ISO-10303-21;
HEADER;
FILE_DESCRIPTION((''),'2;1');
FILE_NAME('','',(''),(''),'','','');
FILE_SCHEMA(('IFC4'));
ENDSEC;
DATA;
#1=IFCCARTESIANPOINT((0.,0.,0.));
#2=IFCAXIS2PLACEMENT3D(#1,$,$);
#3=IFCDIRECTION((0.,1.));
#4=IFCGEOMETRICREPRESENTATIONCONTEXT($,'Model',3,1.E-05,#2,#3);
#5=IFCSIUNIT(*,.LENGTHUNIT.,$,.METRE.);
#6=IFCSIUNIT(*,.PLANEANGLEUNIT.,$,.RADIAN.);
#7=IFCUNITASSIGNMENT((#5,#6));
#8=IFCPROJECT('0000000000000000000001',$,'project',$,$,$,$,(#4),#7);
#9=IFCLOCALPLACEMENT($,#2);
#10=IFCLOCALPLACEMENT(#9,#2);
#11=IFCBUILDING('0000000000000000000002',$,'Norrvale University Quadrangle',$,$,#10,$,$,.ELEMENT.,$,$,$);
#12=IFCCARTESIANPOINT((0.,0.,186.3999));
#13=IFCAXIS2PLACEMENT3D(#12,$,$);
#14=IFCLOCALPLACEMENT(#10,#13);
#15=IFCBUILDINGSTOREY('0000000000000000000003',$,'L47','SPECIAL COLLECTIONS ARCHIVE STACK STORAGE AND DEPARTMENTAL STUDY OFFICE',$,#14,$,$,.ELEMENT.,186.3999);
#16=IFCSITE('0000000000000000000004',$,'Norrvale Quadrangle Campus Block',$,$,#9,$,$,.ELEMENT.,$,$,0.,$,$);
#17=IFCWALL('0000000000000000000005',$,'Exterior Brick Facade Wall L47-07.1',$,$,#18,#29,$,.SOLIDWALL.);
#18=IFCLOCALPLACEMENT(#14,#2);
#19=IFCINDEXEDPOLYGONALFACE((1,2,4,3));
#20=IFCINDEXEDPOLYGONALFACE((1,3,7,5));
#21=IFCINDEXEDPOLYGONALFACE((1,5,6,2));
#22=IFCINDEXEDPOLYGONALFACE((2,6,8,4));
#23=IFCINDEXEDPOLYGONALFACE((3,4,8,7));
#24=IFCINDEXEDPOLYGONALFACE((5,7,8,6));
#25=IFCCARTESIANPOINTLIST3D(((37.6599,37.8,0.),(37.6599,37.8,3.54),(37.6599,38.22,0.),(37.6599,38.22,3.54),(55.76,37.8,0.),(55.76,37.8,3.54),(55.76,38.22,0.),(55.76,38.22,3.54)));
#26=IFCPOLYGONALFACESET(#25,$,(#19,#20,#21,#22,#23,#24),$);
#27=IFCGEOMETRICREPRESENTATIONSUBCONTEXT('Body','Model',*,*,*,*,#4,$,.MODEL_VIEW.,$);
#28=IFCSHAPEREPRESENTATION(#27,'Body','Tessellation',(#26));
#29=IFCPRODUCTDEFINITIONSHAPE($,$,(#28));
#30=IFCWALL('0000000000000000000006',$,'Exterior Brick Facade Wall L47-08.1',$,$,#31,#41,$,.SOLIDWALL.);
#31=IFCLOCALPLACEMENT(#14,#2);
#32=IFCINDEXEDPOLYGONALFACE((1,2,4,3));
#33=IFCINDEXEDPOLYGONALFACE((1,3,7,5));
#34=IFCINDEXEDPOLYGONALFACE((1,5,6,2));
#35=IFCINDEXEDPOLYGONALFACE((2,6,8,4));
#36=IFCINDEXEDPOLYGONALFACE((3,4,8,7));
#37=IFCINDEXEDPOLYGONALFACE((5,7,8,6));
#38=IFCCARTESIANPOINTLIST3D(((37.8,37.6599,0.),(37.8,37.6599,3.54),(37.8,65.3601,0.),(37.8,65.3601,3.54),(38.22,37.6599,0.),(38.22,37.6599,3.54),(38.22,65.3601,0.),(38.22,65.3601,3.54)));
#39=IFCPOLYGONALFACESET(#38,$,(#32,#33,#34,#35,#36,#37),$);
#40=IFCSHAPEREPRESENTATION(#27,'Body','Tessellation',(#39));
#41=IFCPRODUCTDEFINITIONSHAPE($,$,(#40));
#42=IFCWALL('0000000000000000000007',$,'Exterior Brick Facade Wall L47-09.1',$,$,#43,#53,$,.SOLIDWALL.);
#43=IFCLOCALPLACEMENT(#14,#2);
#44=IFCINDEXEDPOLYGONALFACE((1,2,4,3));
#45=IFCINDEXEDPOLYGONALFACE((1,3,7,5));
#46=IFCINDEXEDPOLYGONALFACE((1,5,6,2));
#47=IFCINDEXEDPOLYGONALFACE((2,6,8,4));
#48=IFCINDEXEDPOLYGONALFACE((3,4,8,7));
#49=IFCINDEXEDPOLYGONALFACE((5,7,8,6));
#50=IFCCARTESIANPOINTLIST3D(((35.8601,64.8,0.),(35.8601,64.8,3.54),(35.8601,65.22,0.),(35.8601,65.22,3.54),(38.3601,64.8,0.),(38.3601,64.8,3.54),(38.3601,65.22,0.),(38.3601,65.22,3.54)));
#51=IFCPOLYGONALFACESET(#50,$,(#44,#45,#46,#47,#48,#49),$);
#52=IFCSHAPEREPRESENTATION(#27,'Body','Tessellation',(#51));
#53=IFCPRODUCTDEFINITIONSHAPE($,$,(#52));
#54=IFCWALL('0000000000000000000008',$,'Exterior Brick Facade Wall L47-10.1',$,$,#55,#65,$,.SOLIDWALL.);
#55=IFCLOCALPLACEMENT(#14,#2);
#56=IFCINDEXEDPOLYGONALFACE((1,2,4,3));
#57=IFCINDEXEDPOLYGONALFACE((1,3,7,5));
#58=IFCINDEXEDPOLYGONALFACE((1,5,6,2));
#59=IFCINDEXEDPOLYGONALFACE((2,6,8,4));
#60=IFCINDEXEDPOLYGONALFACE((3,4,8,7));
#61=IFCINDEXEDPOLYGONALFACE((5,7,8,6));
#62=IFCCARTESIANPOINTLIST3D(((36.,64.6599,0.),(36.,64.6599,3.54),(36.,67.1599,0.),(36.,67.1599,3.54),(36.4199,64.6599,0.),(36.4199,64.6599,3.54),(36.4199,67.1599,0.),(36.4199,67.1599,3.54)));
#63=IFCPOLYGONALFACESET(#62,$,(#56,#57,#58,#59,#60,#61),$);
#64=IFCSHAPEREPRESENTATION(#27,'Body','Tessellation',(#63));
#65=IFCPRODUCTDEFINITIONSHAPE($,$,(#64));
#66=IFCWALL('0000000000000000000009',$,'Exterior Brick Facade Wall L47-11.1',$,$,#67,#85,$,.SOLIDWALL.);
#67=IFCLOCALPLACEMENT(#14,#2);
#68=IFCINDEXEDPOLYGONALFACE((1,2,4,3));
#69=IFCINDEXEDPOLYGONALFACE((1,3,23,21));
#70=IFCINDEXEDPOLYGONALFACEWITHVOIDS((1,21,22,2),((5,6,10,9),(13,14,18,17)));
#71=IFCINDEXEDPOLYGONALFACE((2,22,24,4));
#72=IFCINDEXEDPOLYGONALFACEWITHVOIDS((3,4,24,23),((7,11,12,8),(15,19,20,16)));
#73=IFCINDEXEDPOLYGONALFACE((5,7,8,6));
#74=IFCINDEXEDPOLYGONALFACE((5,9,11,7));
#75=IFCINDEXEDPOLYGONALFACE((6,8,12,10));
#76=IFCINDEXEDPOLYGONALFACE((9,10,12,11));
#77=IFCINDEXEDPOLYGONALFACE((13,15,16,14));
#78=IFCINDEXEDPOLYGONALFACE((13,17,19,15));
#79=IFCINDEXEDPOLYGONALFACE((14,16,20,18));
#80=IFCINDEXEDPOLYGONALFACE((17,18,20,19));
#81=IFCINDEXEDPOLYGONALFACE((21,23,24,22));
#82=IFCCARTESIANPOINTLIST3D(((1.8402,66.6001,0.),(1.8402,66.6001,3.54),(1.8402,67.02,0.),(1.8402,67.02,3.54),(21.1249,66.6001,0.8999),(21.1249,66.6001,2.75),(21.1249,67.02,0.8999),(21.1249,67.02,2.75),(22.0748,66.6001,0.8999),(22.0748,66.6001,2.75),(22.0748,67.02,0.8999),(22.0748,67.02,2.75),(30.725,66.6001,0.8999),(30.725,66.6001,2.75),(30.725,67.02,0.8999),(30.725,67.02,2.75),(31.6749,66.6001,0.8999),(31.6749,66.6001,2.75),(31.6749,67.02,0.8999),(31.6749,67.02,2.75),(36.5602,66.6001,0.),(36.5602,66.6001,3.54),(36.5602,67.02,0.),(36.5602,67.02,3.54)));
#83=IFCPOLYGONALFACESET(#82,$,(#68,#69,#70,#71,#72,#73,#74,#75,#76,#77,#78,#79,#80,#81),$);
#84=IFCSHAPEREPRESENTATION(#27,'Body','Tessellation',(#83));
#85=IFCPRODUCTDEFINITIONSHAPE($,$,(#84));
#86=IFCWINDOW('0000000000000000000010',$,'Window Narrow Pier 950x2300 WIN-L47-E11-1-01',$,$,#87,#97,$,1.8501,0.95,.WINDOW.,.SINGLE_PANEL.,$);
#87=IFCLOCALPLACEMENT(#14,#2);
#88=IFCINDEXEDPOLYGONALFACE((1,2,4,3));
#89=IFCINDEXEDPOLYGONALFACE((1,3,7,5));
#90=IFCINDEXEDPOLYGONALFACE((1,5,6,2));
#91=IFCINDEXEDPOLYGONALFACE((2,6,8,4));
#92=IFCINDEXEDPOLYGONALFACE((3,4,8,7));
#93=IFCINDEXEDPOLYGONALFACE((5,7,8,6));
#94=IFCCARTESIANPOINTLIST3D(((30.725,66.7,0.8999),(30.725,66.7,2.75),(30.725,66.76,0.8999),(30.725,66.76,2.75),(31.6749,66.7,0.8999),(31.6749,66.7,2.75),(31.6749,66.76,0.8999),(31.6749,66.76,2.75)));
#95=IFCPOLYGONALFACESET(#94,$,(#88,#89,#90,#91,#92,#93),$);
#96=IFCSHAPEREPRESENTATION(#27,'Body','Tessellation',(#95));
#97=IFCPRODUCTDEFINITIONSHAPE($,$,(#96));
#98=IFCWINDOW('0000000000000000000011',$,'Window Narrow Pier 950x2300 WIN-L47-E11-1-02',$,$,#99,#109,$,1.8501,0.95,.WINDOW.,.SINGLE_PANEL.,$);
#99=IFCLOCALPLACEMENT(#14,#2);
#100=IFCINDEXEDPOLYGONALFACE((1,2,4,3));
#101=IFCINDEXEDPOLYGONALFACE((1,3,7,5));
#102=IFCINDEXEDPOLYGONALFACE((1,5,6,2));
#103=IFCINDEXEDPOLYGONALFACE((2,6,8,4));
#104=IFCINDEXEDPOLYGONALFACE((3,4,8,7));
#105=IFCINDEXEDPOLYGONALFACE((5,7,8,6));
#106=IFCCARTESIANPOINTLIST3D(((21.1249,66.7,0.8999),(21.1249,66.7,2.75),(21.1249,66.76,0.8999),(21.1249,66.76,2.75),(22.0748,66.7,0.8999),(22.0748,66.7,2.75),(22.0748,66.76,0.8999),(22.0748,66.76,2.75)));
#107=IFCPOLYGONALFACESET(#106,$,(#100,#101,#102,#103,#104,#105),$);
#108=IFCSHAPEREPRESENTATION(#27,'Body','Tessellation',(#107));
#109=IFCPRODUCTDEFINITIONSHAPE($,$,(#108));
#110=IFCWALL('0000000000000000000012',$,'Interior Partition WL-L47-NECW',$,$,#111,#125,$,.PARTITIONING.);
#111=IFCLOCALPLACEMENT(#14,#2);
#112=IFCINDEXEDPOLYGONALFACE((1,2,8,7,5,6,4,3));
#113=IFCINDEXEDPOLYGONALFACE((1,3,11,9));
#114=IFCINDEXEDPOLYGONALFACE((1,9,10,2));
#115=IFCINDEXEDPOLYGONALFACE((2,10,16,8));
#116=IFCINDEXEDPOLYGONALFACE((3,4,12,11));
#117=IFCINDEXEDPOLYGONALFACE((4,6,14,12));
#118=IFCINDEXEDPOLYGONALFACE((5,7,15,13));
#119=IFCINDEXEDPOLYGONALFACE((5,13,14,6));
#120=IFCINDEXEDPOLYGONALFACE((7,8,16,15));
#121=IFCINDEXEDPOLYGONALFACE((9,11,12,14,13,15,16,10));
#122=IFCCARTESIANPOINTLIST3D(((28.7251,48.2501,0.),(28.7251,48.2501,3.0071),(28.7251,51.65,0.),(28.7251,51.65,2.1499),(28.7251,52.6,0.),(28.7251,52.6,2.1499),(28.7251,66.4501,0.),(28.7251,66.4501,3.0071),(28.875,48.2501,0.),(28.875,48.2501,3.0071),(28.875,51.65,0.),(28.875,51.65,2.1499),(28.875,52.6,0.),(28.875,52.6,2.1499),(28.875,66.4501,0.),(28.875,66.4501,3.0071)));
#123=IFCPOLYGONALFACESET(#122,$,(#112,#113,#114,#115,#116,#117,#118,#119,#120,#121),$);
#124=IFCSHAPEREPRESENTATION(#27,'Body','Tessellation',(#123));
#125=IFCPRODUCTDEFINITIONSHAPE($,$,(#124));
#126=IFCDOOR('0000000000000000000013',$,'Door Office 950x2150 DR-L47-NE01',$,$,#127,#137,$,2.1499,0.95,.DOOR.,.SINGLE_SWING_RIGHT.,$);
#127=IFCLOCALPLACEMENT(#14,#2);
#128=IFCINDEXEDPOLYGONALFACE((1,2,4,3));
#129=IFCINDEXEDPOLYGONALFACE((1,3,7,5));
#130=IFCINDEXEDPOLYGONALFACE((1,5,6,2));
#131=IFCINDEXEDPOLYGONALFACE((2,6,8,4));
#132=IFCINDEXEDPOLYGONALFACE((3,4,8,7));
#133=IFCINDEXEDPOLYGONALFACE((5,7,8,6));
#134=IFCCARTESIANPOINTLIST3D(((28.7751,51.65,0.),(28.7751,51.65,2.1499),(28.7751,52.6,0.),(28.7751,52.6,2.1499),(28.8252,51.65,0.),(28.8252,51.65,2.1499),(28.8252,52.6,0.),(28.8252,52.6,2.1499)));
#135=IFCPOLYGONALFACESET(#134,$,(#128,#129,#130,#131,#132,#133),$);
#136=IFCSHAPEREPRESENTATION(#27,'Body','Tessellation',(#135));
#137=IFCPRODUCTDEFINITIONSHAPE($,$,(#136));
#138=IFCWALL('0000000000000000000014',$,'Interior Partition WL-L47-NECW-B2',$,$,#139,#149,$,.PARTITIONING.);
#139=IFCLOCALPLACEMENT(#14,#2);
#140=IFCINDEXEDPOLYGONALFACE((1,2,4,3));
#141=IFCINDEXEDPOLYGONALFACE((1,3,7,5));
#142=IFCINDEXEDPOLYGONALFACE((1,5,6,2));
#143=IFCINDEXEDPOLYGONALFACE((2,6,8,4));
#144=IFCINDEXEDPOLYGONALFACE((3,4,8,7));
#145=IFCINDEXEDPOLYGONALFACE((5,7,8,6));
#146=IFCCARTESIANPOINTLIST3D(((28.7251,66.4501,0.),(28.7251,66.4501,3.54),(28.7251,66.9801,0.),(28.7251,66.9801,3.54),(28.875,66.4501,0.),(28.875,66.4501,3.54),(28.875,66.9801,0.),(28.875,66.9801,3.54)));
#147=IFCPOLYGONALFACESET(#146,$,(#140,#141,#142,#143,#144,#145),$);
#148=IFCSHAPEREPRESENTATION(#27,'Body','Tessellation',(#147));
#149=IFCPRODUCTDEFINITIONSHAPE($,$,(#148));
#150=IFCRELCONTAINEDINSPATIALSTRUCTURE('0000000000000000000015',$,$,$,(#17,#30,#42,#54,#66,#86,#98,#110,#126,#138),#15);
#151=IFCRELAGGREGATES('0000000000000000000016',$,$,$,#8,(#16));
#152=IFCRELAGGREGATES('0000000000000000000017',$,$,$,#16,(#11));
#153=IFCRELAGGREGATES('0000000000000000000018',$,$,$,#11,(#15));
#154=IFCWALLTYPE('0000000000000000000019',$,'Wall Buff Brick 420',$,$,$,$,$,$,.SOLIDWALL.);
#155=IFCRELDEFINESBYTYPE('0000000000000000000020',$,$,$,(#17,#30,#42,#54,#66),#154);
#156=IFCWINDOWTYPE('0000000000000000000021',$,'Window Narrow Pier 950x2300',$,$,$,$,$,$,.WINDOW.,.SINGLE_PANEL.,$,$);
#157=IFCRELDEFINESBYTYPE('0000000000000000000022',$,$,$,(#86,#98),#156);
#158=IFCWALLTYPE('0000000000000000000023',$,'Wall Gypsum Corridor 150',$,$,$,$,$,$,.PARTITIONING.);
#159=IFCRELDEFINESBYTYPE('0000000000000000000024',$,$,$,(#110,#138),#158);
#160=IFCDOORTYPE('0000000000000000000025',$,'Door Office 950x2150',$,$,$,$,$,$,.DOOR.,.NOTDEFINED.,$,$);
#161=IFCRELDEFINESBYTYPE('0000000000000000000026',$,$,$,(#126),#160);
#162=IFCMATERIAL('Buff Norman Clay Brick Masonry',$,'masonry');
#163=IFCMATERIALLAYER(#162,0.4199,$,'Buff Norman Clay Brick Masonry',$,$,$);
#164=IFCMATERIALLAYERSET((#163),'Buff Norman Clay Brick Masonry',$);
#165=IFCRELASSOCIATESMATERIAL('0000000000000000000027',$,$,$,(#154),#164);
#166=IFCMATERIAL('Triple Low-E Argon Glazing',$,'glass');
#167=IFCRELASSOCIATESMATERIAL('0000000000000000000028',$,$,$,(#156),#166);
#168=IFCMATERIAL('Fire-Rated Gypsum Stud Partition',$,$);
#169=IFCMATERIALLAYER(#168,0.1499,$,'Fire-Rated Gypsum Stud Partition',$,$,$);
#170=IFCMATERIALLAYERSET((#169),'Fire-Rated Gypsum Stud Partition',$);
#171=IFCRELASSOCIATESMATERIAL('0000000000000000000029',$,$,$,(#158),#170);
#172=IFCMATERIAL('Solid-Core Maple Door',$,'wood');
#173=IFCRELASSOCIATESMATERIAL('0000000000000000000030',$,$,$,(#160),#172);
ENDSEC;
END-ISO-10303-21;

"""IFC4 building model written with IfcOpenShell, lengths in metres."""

from ifc_helpers import new_model, si_unit, direction, frame, frame_2d, origin, place, context, subcontext, project, spatial, rectangle, extrude, material, layer, layer_set, type_object, element, fill, save


model = new_model("IFC4")

# Units and contexts
model_context = context("Model", 3, precision=1e-05, world=origin(), true_north=direction((0.0, 1.0)))
body_context = subcontext(model_context, "Body", "Model", "MODEL_VIEW")
ifc_project = project(units=[si_unit("LENGTHUNIT", "METRE"), si_unit("PLANEANGLEUNIT", "RADIAN")], contexts=[model_context])

# Site, building, storey
site_placement = place(None, origin())
site = spatial("IfcSite", under=ifc_project, at=site_placement, Name="Norrvale Quadrangle Campus Block", CompositionType="ELEMENT", RefElevation=0.0)
building_placement = place(site_placement, origin())
building = spatial("IfcBuilding", under=site, at=building_placement, Name="Norrvale University Quadrangle", CompositionType="ELEMENT")
storey_placement = place(building_placement, frame((0.0, 0.0, 186.3999)))
storey = spatial("IfcBuildingStorey", under=building, at=storey_placement, Name="L47", Description="SPECIAL COLLECTIONS ARCHIVE STACK STORAGE AND DEPARTMENTAL STUDY OFFICE", CompositionType="ELEMENT", Elevation=186.3999)

# Walls
ifc_material_1 = material(Name="Buff Norman Clay Brick Masonry", Category="masonry")
ifc_layer_1 = layer(ifc_material_1, 0.4199, Name="Buff Norman Clay Brick Masonry")
ifc_layer_set_1 = layer_set([ifc_layer_1], Name="Buff Norman Clay Brick Masonry")
wall_type_1 = type_object("IfcWallType", Name="Wall Buff Brick 420", PredefinedType="SOLIDWALL", material=ifc_layer_set_1)
wall_1_placement = place(storey_placement, frame((55.76, 38.01, 0.0), z_axis=(0.0, 0.0, 1.0), x_axis=(-1.0, 0.0, 0.0)))
element("IfcWall", 1, at=wall_1_placement, inside=storey, type_object=wall_type_1, Name="Exterior Brick Facade Wall L47-07.1", PredefinedType="SOLIDWALL", context=body_context, shape_type="SweptSolid", body=[
    extrude(rectangle(XDim=18.1001, YDim=0.4199, at=frame_2d((9.05, 0.0))), origin(), (0.0, 0.0, 1.0), 3.54),
])
wall_2_placement = place(storey_placement, frame((38.01, 37.6599, 0.0), z_axis=(0.0, 0.0, 1.0), x_axis=(0.0, 1.0, 0.0)))
element("IfcWall", 2, at=wall_2_placement, inside=storey, type_object=wall_type_1, Name="Exterior Brick Facade Wall L47-08.1", PredefinedType="SOLIDWALL", context=body_context, shape_type="SweptSolid", body=[
    extrude(rectangle(XDim=27.7002, YDim=0.4199, at=frame_2d((13.8501, 0.0))), origin(), (0.0, 0.0, 1.0), 3.54),
])
for number, where, z_axis, x_axis, name in (
    (3, (38.3601, 65.01, 0.0), (0.0, 0.0, 1.0), (-1.0, 0.0, 0.0), "Exterior Brick Facade Wall L47-09.1"),
    (4, (36.21, 64.6599, 0.0), (0.0, 0.0, 1.0), (0.0, 1.0, 0.0), "Exterior Brick Facade Wall L47-10.1"),
):
    element("IfcWall", number, at=place(storey_placement, frame(where, z_axis=z_axis, x_axis=x_axis)), inside=storey, type_object=wall_type_1, Name=name, PredefinedType="SOLIDWALL", context=body_context, shape_type="SweptSolid", body=[
        extrude(rectangle(XDim=2.5, YDim=0.4199, at=frame_2d((1.25, 0.0))), origin(), (0.0, 0.0, 1.0), 3.54),
    ])

# Wall, openings, windows
wall_3_placement = place(storey_placement, frame((36.5601, 66.8101, 0.0), z_axis=(0.0, 0.0, 1.0), x_axis=(-1.0, 0.0, 0.0)))
wall_3 = element("IfcWall", 5, at=wall_3_placement, inside=storey, type_object=wall_type_1, Name="Exterior Brick Facade Wall L47-11.1", PredefinedType="SOLIDWALL", context=body_context, shape_type="SweptSolid", body=[
    extrude(rectangle(XDim=34.72, YDim=0.4199, at=frame_2d((17.3599, 0.0))), origin(), (0.0, 0.0, 1.0), 3.54),
])
opening_1_placement = place(wall_3_placement, frame((4.885, 0.0, 0.8999)))
opening_1 = element("IfcOpeningElement", 6, at=opening_1_placement, cuts=wall_3, PredefinedType="OPENING", context=body_context, shape_type="SweptSolid", body=[
    extrude(rectangle(XDim=0.95, YDim=1.8501, at=frame_2d((0.4751, 0.925))), frame((0.0, 0.2219, 0.0), z_axis=(0.0, -1.0, 0.0), x_axis=(1.0, 0.0, 0.0)), (0.0, 0.0, 1.0), 0.4438),
])
opening_2_placement = place(wall_3_placement, frame((14.4851, 0.0, 0.8999)))
opening_2 = element("IfcOpeningElement", 7, at=opening_2_placement, cuts=wall_3, PredefinedType="OPENING", context=body_context, shape_type="SweptSolid", body=[
    extrude(rectangle(XDim=0.95, YDim=1.8501, at=frame_2d((0.4751, 0.925))), frame((0.0, 0.2219, 0.0), z_axis=(0.0, -1.0, 0.0), x_axis=(1.0, 0.0, 0.0)), (0.0, 0.0, 1.0), 0.4438),
])
ifc_material_2 = material(Name="Triple Low-E Argon Glazing", Category="glass")
window_type = type_object("IfcWindowType", Name="Window Narrow Pier 950x2300", PartitioningType="SINGLE_PANEL", PredefinedType="WINDOW", material=ifc_material_2)
window_1_placement = place(opening_1_placement, origin())
window_1 = element("IfcWindow", 8, at=window_1_placement, inside=storey, type_object=window_type, Name="Window Narrow Pier 950x2300 WIN-L47-E11-1-01", OverallHeight=1.8501, OverallWidth=0.95, PartitioningType="SINGLE_PANEL", PredefinedType="WINDOW", context=body_context, shape_type="SweptSolid", body=[
    extrude(rectangle(XDim=0.95, YDim=1.8501, at=frame_2d((0.4751, 0.925))), frame((0.0, 0.1101, 0.0), z_axis=(0.0, -1.0, 0.0), x_axis=(1.0, 0.0, 0.0)), (0.0, 0.0, 1.0), 0.0601),
])
fill(opening_1, window_1)
window_2_placement = place(opening_2_placement, origin())
window_2 = element("IfcWindow", 9, at=window_2_placement, inside=storey, type_object=window_type, Name="Window Narrow Pier 950x2300 WIN-L47-E11-1-02", OverallHeight=1.8501, OverallWidth=0.95, PartitioningType="SINGLE_PANEL", PredefinedType="WINDOW", context=body_context, shape_type="SweptSolid", body=[
    extrude(rectangle(XDim=0.95, YDim=1.8501, at=frame_2d((0.4751, 0.925))), frame((0.0, 0.1101, 0.0), z_axis=(0.0, -1.0, 0.0), x_axis=(1.0, 0.0, 0.0)), (0.0, 0.0, 1.0), 0.0601),
])
fill(opening_2, window_2)

# Wall, opening, door
ifc_material_3 = material(Name="Fire-Rated Gypsum Stud Partition")
ifc_layer_2 = layer(ifc_material_3, 0.1499, Name="Fire-Rated Gypsum Stud Partition")
ifc_layer_set_2 = layer_set([ifc_layer_2], Name="Fire-Rated Gypsum Stud Partition")
wall_type_2 = type_object("IfcWallType", Name="Wall Gypsum Corridor 150", PredefinedType="PARTITIONING", material=ifc_layer_set_2)
wall_4_placement = place(storey_placement, frame((28.8, 48.25, 0.0), z_axis=(0.0, 0.0, 1.0), x_axis=(0.0, 1.0, 0.0)))
wall_4 = element("IfcWall", 10, at=wall_4_placement, inside=storey, type_object=wall_type_2, Name="Interior Partition WL-L47-NECW", PredefinedType="PARTITIONING", context=body_context, shape_type="SweptSolid", body=[
    extrude(rectangle(XDim=18.2, YDim=0.1499, at=frame_2d((9.1001, 0.0))), origin(), (0.0, 0.0, 1.0), 3.0071),
])
opening_3_placement = place(wall_4_placement, frame((3.3999, 0.0, 0.0)))
opening_3 = element("IfcOpeningElement", 11, at=opening_3_placement, cuts=wall_4, PredefinedType="OPENING", context=body_context, shape_type="SweptSolid", body=[
    extrude(rectangle(XDim=0.95, YDim=2.1499, at=frame_2d((0.4751, 1.075))), frame((0.0, 0.0869, 0.0), z_axis=(0.0, -1.0, 0.0), x_axis=(1.0, 0.0, 0.0)), (0.0, 0.0, 1.0), 0.1738),
])
ifc_material_4 = material(Name="Solid-Core Maple Door", Category="wood")
door_type = type_object("IfcDoorType", Name="Door Office 950x2150", OperationType="NOTDEFINED", PredefinedType="DOOR", material=ifc_material_4)
door_placement = place(opening_3_placement, origin())
door = element("IfcDoor", 12, at=door_placement, inside=storey, type_object=door_type, Name="Door Office 950x2150 DR-L47-NE01", OperationType="SINGLE_SWING_RIGHT", OverallHeight=2.1499, OverallWidth=0.95, PredefinedType="DOOR", context=body_context, shape_type="SweptSolid", body=[
    extrude(rectangle(XDim=0.95, YDim=2.1499, at=frame_2d((0.4751, 1.075))), frame((0.0, 0.0249, 0.0), z_axis=(0.0, -1.0, 0.0), x_axis=(1.0, 0.0, 0.0)), (0.0, 0.0, 1.0), 0.05),
])
fill(opening_3, door)

# Wall
wall_5_placement = place(storey_placement, frame((28.8, 66.45, 0.0), z_axis=(0.0, 0.0, 1.0), x_axis=(0.0, 1.0, 0.0)))
element("IfcWall", 13, at=wall_5_placement, inside=storey, type_object=wall_type_2, Name="Interior Partition WL-L47-NECW-B2", PredefinedType="PARTITIONING", context=body_context, shape_type="SweptSolid", body=[
    extrude(rectangle(XDim=0.53, YDim=0.1499, at=frame_2d((0.2651, 0.0))), origin(), (0.0, 0.0, 1.0), 3.54),
])

save(model, "model.ifc")
